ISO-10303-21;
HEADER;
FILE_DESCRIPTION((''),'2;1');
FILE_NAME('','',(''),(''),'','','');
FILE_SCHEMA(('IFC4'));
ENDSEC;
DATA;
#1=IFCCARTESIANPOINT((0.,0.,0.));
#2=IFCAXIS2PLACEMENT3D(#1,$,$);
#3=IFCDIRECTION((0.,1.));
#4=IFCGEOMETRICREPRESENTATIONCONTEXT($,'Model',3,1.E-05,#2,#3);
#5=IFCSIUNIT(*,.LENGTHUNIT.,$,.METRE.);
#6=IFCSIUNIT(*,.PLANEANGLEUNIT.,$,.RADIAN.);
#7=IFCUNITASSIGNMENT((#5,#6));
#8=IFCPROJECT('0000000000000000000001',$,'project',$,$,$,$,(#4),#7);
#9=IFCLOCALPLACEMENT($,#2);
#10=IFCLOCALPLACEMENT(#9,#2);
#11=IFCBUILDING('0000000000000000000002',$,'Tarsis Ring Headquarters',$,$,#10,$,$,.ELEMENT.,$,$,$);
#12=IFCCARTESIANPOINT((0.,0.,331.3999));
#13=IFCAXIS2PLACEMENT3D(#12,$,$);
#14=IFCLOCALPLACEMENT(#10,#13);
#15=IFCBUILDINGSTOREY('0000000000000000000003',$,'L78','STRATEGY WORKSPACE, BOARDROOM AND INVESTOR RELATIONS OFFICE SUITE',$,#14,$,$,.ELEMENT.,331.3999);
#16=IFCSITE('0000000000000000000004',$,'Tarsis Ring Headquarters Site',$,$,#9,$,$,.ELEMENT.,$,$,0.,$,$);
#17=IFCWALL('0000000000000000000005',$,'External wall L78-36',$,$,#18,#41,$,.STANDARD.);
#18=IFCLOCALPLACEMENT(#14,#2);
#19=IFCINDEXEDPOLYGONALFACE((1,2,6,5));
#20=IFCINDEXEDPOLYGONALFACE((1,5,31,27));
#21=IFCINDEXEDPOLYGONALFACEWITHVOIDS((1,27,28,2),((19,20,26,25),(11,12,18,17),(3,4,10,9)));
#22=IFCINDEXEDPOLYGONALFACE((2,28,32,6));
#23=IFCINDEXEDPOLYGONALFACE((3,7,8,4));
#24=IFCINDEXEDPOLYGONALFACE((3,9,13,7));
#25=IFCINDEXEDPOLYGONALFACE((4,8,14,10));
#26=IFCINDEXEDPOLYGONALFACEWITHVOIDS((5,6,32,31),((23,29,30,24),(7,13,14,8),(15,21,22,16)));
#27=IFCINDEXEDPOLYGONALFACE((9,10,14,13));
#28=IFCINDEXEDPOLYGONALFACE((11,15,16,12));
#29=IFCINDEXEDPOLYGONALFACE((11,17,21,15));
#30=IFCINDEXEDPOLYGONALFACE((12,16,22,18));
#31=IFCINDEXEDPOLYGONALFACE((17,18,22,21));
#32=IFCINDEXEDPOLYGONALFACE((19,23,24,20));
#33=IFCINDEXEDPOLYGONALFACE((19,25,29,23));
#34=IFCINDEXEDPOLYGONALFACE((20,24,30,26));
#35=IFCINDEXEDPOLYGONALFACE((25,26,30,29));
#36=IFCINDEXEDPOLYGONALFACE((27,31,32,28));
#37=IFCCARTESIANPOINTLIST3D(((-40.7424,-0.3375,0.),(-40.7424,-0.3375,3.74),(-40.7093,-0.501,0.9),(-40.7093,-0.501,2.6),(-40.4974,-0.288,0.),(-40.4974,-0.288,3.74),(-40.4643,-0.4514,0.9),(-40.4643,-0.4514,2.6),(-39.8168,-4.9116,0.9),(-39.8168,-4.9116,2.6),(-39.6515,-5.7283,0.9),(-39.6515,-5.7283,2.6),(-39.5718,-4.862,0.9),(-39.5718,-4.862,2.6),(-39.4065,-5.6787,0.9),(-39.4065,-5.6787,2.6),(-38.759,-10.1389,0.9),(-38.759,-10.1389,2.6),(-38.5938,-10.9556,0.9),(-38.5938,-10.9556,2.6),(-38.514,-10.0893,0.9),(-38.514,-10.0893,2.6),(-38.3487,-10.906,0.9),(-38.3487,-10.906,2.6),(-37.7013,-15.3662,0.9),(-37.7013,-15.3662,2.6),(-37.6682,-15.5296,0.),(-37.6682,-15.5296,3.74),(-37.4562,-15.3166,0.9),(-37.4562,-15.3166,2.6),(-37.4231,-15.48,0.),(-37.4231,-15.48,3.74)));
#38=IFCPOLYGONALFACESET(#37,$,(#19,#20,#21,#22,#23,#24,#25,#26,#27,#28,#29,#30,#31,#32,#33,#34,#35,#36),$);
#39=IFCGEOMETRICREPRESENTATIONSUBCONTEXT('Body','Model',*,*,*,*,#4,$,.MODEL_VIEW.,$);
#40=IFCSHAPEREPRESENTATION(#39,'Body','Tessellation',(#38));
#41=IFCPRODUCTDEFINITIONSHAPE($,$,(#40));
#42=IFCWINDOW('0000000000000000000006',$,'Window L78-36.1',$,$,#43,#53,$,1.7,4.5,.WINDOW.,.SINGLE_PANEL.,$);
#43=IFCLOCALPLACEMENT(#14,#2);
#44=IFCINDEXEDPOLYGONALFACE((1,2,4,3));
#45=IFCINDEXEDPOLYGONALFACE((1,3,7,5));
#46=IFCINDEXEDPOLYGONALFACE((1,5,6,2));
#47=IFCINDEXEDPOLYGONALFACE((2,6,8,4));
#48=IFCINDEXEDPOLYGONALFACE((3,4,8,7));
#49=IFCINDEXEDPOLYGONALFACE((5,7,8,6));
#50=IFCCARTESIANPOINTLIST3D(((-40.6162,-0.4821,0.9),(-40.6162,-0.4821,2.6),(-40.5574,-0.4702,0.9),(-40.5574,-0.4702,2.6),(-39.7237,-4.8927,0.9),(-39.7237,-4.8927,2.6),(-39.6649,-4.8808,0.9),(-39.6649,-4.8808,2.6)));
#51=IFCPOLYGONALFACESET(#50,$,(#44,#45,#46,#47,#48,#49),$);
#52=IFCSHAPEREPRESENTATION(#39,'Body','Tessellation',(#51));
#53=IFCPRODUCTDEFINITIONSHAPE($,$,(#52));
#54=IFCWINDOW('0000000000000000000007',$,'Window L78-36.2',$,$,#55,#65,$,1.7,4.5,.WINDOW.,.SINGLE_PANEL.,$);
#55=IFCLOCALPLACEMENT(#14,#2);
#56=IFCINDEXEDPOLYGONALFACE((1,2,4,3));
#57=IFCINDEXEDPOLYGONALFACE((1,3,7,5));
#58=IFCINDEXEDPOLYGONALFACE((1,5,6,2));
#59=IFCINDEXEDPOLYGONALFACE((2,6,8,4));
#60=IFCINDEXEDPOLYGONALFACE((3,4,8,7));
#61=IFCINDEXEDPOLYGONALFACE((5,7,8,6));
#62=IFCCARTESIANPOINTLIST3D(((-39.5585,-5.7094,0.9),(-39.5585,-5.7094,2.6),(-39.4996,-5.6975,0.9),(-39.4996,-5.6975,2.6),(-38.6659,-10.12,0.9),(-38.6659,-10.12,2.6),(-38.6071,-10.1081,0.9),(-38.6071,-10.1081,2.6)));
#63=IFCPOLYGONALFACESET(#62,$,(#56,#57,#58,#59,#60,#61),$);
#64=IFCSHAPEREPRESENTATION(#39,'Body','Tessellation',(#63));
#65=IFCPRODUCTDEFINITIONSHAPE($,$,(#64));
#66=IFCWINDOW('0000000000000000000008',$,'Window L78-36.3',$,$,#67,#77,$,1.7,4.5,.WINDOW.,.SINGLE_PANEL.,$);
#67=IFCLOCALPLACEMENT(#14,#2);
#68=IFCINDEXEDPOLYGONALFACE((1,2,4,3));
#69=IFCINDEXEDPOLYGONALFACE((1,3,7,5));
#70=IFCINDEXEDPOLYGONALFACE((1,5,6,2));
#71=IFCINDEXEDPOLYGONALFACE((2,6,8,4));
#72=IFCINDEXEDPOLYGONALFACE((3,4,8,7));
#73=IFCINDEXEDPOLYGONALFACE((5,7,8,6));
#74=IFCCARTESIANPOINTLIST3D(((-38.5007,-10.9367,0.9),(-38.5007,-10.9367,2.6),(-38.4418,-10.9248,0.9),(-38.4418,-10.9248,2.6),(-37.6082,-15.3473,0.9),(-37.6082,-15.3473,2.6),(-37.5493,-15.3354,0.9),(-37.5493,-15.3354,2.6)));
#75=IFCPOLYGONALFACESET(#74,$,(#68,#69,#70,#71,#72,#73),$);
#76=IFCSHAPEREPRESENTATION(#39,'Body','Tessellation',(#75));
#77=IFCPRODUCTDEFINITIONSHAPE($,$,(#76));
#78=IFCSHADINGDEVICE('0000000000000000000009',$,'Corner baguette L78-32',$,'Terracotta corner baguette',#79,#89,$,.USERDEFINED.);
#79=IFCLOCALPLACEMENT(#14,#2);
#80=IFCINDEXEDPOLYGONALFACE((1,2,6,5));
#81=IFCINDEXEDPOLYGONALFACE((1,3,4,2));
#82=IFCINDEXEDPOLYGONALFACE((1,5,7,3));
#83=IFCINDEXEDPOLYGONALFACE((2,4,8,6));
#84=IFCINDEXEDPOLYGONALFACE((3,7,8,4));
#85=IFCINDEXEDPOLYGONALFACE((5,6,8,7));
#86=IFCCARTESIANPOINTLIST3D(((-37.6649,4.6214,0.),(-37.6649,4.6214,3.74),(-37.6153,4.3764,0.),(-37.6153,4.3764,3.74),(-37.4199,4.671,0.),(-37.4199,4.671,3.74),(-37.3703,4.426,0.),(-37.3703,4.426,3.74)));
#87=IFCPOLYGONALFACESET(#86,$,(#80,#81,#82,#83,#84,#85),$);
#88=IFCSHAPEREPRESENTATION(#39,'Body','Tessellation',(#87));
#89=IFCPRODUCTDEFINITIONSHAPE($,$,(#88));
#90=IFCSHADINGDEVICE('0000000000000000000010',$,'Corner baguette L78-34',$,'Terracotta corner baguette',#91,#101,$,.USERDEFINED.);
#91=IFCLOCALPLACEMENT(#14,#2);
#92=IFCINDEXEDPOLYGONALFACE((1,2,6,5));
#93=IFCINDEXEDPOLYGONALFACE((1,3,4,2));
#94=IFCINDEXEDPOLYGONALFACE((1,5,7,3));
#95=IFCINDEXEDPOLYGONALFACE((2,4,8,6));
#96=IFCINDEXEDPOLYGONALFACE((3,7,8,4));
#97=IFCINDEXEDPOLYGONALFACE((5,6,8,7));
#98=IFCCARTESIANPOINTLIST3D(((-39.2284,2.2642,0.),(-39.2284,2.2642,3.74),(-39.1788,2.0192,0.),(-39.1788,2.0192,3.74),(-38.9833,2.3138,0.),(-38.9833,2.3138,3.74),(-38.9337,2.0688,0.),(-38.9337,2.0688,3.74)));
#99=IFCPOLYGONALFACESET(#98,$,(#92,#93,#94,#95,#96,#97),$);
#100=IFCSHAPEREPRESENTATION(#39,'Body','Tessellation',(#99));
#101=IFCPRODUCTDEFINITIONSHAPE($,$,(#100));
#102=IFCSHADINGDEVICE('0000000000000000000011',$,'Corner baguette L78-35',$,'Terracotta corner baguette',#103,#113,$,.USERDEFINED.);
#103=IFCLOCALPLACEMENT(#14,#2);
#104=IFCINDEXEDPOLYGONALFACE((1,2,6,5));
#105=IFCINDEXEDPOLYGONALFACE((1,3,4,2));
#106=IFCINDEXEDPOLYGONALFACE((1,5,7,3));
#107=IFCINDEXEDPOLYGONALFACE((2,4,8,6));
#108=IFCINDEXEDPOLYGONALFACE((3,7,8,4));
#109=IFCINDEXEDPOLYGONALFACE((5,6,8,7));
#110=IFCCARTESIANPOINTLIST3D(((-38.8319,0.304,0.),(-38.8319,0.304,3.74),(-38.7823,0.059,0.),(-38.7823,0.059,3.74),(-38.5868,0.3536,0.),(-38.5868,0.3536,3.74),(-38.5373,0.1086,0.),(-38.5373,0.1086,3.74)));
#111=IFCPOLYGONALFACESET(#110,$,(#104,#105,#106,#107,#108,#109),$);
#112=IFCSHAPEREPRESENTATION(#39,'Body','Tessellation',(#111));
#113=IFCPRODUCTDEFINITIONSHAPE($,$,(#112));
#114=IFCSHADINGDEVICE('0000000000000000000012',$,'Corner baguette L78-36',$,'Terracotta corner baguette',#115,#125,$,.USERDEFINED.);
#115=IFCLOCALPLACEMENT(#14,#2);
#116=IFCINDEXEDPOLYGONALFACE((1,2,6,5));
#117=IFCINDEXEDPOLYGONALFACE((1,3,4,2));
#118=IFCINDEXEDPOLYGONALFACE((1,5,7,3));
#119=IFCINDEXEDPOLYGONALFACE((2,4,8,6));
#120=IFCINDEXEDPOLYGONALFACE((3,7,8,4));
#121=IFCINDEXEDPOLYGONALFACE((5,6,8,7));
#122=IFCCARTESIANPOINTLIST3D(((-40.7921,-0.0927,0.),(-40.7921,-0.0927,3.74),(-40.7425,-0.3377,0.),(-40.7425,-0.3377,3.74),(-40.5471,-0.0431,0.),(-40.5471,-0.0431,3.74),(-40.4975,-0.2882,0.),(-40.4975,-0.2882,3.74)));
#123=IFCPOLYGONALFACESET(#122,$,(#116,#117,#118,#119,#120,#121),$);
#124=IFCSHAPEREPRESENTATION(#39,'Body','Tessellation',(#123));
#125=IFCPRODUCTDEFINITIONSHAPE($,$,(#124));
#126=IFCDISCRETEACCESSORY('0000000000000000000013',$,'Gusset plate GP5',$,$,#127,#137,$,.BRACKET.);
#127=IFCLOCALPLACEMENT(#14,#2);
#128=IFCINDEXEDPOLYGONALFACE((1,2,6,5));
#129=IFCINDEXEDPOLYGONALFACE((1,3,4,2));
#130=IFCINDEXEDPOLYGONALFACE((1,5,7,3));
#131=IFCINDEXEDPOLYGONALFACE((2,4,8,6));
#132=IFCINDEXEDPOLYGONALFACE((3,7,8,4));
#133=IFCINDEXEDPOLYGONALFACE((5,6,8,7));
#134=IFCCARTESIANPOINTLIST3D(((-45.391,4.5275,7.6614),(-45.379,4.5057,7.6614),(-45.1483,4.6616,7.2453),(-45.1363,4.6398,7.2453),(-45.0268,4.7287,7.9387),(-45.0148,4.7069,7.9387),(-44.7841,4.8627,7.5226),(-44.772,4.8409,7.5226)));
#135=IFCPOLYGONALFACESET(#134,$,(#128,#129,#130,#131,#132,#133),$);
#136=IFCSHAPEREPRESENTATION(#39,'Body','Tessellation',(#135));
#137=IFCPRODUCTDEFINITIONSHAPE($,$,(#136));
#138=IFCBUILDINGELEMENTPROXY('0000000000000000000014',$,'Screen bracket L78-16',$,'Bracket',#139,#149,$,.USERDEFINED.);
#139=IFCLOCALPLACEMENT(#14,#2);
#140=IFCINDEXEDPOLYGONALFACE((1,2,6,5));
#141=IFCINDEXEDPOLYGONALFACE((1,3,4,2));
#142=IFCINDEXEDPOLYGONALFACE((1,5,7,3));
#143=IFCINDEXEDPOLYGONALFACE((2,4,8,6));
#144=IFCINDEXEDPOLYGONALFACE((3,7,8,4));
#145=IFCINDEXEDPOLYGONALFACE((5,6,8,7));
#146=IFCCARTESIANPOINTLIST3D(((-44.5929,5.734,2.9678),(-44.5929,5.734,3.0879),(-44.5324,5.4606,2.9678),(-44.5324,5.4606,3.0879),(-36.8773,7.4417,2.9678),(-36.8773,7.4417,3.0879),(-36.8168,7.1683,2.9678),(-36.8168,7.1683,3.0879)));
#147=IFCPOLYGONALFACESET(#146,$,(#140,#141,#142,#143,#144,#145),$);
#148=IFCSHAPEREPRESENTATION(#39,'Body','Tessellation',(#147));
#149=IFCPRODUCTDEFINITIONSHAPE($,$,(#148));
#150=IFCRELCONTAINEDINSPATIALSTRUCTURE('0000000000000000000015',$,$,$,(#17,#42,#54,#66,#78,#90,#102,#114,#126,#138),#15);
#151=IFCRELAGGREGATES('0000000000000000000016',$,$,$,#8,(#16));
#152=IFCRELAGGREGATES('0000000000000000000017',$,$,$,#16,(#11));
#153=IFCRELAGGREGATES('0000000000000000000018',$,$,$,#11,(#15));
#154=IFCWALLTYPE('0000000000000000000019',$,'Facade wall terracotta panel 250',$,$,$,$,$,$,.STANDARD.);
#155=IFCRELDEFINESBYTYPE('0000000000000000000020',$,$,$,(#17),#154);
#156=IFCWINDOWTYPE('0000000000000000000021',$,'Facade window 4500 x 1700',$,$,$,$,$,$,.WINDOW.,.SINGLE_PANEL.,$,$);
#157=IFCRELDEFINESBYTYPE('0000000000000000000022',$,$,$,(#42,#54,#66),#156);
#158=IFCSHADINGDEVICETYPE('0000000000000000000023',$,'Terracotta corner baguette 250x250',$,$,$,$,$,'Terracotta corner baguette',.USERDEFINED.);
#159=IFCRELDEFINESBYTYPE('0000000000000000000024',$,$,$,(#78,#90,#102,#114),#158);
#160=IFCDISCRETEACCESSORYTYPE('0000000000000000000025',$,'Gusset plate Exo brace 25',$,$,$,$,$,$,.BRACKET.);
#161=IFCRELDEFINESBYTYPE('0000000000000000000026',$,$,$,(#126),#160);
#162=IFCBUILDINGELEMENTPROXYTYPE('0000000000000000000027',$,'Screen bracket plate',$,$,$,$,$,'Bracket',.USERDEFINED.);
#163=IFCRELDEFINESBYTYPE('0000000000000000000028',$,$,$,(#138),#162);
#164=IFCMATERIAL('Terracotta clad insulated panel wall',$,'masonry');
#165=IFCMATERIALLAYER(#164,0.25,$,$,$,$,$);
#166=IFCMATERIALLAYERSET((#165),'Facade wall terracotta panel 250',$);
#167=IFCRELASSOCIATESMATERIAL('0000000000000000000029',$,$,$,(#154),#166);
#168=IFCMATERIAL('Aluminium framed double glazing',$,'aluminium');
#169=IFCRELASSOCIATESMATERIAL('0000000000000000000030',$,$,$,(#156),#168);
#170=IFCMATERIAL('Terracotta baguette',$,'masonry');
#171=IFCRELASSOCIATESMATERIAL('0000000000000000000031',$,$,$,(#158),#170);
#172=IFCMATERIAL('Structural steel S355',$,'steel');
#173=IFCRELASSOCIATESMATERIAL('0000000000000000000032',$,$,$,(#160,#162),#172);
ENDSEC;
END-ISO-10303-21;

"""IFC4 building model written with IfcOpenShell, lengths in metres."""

from ifc_helpers import new_model, si_unit, direction, frame, frame_2d, origin, origin_2d, place, context, subcontext, project, spatial, rectangle, extrude, material, layer, layer_set, material_profile, profile_set, type_object, element, fill, save


model = new_model("IFC4")

# Units and contexts
model_context = context("Model", 3, precision=1e-05, world=origin(), true_north=direction((0.0, 1.0)))
body_context = subcontext(model_context, "Body", "Model", "MODEL_VIEW")
ifc_project = project(units=[si_unit("LENGTHUNIT", "METRE"), si_unit("PLANEANGLEUNIT", "RADIAN")], contexts=[model_context])

# Site, building, storey
site_placement = place(None, origin())
site = spatial("IfcSite", under=ifc_project, at=site_placement, Name="Tarsis Ring Headquarters Site", CompositionType="ELEMENT", RefElevation=0.0)
building_placement = place(site_placement, origin())
building = spatial("IfcBuilding", under=site, at=building_placement, Name="Tarsis Ring Headquarters", CompositionType="ELEMENT")
storey_placement = place(building_placement, frame((0.0, 0.0, 331.3999)))
storey = spatial("IfcBuildingStorey", under=building, at=storey_placement, Name="L78", Description="STRATEGY WORKSPACE, BOARDROOM AND INVESTOR RELATIONS OFFICE SUITE", CompositionType="ELEMENT", Elevation=331.3999)

# Shared definitions
ifc_material_1 = material(Name="Structural steel S355", Category="steel")

# Shared definitions
ifc_material_2 = material(Name="Terracotta clad insulated panel wall", Category="masonry")
ifc_layer = layer(ifc_material_2, 0.25)
ifc_layer_set = layer_set([ifc_layer], Name="Facade wall terracotta panel 250")
wall_type = type_object("IfcWallType", Name="Facade wall terracotta panel 250", PredefinedType="STANDARD", material=ifc_layer_set)

# Wall, openings, windows
wall_placement = place(storey_placement, frame((-40.6199, -0.3127, 0.0), z_axis=(0.0, 0.0, 1.0), x_axis=(0.198336, -0.980134, 0.0)))
wall = element("IfcWall", 1, at=wall_placement, inside=storey, type_object=wall_type, Name="External wall L78-36", PredefinedType="STANDARD", context=body_context, shape_type="SweptSolid", body=[
    extrude(rectangle(XDim=15.5, YDim=0.25, at=frame_2d((7.75, 0.0))), origin(), (0.0, 0.0, 1.0), 3.74),
])
opening_1_placement = place(wall_placement, frame((0.1667, 0.0, 0.8999)))
opening_1 = element("IfcOpeningElement", 2, at=opening_1_placement, cuts=wall, PredefinedType="OPENING", context=body_context, shape_type="SweptSolid", body=[
    extrude(rectangle(XDim=4.5, YDim=1.7, at=frame_2d((2.25, 0.8501))), frame((0.0, 0.135, 0.0), z_axis=(0.0, -1.0, 0.0), x_axis=(1.0, 0.0, 0.0)), (0.0, 0.0, 1.0), 0.27),
])
opening_2_placement = place(wall_placement, frame((5.5, 0.0, 0.8999)))
opening_2 = element("IfcOpeningElement", 3, at=opening_2_placement, cuts=wall, PredefinedType="OPENING", context=body_context, shape_type="SweptSolid", body=[
    extrude(rectangle(XDim=4.5, YDim=1.7, at=frame_2d((2.25, 0.8501))), frame((0.0, 0.135, 0.0), z_axis=(0.0, -1.0, 0.0), x_axis=(1.0, 0.0, 0.0)), (0.0, 0.0, 1.0), 0.27),
])
opening_3_placement = place(wall_placement, frame((10.8333, 0.0, 0.8999)))
opening_3 = element("IfcOpeningElement", 4, at=opening_3_placement, cuts=wall, PredefinedType="OPENING", context=body_context, shape_type="SweptSolid", body=[
    extrude(rectangle(XDim=4.5, YDim=1.7, at=frame_2d((2.25, 0.8501))), frame((0.0, 0.135, 0.0), z_axis=(0.0, -1.0, 0.0), x_axis=(1.0, 0.0, 0.0)), (0.0, 0.0, 1.0), 0.27),
])
ifc_material_3 = material(Name="Aluminium framed double glazing", Category="aluminium")
window_type = type_object("IfcWindowType", Name="Facade window 4500 x 1700", PartitioningType="SINGLE_PANEL", PredefinedType="WINDOW", material=ifc_material_3)
window_1_placement = place(opening_1_placement, origin())
window_1 = element("IfcWindow", 5, at=window_1_placement, inside=storey, type_object=window_type, Name="Window L78-36.1", OverallHeight=1.7, OverallWidth=4.5, PartitioningType="SINGLE_PANEL", PredefinedType="WINDOW", context=body_context, shape_type="SweptSolid", body=[
    extrude(rectangle(XDim=4.5, YDim=1.7, at=frame_2d((2.25, 0.8501))), frame((0.0, 0.03, 0.0), z_axis=(0.0, -1.0, 0.0), x_axis=(1.0, 0.0, 0.0)), (0.0, 0.0, 1.0), 0.0601),
])
fill(opening_1, window_1)
window_2_placement = place(opening_2_placement, origin())
window_2 = element("IfcWindow", 6, at=window_2_placement, inside=storey, type_object=window_type, Name="Window L78-36.2", OverallHeight=1.7, OverallWidth=4.5, PartitioningType="SINGLE_PANEL", PredefinedType="WINDOW", context=body_context, shape_type="SweptSolid", body=[
    extrude(rectangle(XDim=4.5, YDim=1.7, at=frame_2d((2.25, 0.8501))), frame((0.0, 0.03, 0.0), z_axis=(0.0, -1.0, 0.0), x_axis=(1.0, 0.0, 0.0)), (0.0, 0.0, 1.0), 0.0601),
])
fill(opening_2, window_2)
window_3_placement = place(opening_3_placement, origin())
window_3 = element("IfcWindow", 7, at=window_3_placement, inside=storey, type_object=window_type, Name="Window L78-36.3", OverallHeight=1.7, OverallWidth=4.5, PartitioningType="SINGLE_PANEL", PredefinedType="WINDOW", context=body_context, shape_type="SweptSolid", body=[
    extrude(rectangle(XDim=4.5, YDim=1.7, at=frame_2d((2.25, 0.8501))), frame((0.0, 0.03, 0.0), z_axis=(0.0, -1.0, 0.0), x_axis=(1.0, 0.0, 0.0)), (0.0, 0.0, 1.0), 0.0601),
])
fill(opening_3, window_3)

# Shading devices
ifc_material_4 = material(Name="Terracotta baguette", Category="masonry")
shading_device_type_1 = type_object("IfcShadingDeviceType", Name="Terracotta corner baguette 250x250", ElementType="Terracotta corner baguette", PredefinedType="USERDEFINED", material=ifc_material_4)
for number, where, z_axis, x_axis, name in (
    (8, (-37.5176, 4.5237, 0.0), (0.0, 0.0, 1.0), (-0.980133, -0.198342, 0.0), "Corner baguette L78-32"),
    (9, (-39.0811, 2.1665, 0.0), (0.0, 0.0, 1.0), (-0.980133, -0.198342, 0.0), "Corner baguette L78-34"),
    (10, (-38.6846, 0.2063, 0.0), (0.0, 0.0, 1.0), (0.198342, -0.980133, 0.0), "Corner baguette L78-35"),
    (11, (-40.6448, -0.1904, 0.0), (0.0, 0.0, 1.0), (-0.980133, -0.198341, 0.0), "Corner baguette L78-36"),
):
    element("IfcShadingDevice", number, at=place(storey_placement, frame(where, z_axis=z_axis, x_axis=x_axis)), inside=storey, type_object=shading_device_type_1, Name=name, ObjectType="Terracotta corner baguette", PredefinedType="USERDEFINED", context=body_context, shape_type="SweptSolid", body=[
        extrude(rectangle(XDim=0.25, YDim=0.25, at=origin_2d()), origin(), (0.0, 0.0, 1.0), 3.74),
    ])

# Discrete accessory
ifc_material_profile_1 = material_profile(ifc_material_1, rectangle(XDim=0.0249, YDim=0.5, at=origin_2d()), Name="PL 25x500")
ifc_profile_set_1 = profile_set([ifc_material_profile_1], Name="Structural steel S355")
discrete_accessory_type = type_object("IfcDiscreteAccessoryType", Name="Gusset plate Exo brace 25", PredefinedType="BRACKET", material=ifc_profile_set_1)
discrete_accessory_placement = place(storey_placement, frame((-45.2029, 4.6172, 7.8), z_axis=(0.485424, 0.268106, -0.832155), x_axis=(-0.483473, 0.875359, 0.0)))
element("IfcDiscreteAccessory", 12, at=discrete_accessory_placement, inside=storey, type_object=discrete_accessory_type, Name="Gusset plate GP5", PredefinedType="BRACKET", context=body_context, shape_type="SweptSolid", body=[
    extrude(rectangle(XDim=0.0249, YDim=0.5, at=origin_2d()), origin(), (0.0, 0.0, 1.0), 0.5),
])

# Building element proxy
building_element_proxy_type = type_object("IfcBuildingElementProxyType", Name="Screen bracket plate", ElementType="Bracket", PredefinedType="USERDEFINED", material=ifc_material_1)
proxy_placement = place(storey_placement, frame((-40.7048, 6.4512, 2.9678), z_axis=(0.0, 0.0, 1.0), x_axis=(-0.976372, -0.216099, 0.0)))
element("IfcBuildingElementProxy", 13, at=proxy_placement, inside=storey, type_object=building_element_proxy_type, Name="Screen bracket L78-16", ObjectType="Bracket", PredefinedType="USERDEFINED", context=body_context, shape_type="SweptSolid", body=[
    extrude(rectangle(XDim=7.9023, YDim=0.28, at=origin_2d()), origin(), (0.0, 0.0, 1.0), 0.1201),
])

save(model, "model.ifc")
